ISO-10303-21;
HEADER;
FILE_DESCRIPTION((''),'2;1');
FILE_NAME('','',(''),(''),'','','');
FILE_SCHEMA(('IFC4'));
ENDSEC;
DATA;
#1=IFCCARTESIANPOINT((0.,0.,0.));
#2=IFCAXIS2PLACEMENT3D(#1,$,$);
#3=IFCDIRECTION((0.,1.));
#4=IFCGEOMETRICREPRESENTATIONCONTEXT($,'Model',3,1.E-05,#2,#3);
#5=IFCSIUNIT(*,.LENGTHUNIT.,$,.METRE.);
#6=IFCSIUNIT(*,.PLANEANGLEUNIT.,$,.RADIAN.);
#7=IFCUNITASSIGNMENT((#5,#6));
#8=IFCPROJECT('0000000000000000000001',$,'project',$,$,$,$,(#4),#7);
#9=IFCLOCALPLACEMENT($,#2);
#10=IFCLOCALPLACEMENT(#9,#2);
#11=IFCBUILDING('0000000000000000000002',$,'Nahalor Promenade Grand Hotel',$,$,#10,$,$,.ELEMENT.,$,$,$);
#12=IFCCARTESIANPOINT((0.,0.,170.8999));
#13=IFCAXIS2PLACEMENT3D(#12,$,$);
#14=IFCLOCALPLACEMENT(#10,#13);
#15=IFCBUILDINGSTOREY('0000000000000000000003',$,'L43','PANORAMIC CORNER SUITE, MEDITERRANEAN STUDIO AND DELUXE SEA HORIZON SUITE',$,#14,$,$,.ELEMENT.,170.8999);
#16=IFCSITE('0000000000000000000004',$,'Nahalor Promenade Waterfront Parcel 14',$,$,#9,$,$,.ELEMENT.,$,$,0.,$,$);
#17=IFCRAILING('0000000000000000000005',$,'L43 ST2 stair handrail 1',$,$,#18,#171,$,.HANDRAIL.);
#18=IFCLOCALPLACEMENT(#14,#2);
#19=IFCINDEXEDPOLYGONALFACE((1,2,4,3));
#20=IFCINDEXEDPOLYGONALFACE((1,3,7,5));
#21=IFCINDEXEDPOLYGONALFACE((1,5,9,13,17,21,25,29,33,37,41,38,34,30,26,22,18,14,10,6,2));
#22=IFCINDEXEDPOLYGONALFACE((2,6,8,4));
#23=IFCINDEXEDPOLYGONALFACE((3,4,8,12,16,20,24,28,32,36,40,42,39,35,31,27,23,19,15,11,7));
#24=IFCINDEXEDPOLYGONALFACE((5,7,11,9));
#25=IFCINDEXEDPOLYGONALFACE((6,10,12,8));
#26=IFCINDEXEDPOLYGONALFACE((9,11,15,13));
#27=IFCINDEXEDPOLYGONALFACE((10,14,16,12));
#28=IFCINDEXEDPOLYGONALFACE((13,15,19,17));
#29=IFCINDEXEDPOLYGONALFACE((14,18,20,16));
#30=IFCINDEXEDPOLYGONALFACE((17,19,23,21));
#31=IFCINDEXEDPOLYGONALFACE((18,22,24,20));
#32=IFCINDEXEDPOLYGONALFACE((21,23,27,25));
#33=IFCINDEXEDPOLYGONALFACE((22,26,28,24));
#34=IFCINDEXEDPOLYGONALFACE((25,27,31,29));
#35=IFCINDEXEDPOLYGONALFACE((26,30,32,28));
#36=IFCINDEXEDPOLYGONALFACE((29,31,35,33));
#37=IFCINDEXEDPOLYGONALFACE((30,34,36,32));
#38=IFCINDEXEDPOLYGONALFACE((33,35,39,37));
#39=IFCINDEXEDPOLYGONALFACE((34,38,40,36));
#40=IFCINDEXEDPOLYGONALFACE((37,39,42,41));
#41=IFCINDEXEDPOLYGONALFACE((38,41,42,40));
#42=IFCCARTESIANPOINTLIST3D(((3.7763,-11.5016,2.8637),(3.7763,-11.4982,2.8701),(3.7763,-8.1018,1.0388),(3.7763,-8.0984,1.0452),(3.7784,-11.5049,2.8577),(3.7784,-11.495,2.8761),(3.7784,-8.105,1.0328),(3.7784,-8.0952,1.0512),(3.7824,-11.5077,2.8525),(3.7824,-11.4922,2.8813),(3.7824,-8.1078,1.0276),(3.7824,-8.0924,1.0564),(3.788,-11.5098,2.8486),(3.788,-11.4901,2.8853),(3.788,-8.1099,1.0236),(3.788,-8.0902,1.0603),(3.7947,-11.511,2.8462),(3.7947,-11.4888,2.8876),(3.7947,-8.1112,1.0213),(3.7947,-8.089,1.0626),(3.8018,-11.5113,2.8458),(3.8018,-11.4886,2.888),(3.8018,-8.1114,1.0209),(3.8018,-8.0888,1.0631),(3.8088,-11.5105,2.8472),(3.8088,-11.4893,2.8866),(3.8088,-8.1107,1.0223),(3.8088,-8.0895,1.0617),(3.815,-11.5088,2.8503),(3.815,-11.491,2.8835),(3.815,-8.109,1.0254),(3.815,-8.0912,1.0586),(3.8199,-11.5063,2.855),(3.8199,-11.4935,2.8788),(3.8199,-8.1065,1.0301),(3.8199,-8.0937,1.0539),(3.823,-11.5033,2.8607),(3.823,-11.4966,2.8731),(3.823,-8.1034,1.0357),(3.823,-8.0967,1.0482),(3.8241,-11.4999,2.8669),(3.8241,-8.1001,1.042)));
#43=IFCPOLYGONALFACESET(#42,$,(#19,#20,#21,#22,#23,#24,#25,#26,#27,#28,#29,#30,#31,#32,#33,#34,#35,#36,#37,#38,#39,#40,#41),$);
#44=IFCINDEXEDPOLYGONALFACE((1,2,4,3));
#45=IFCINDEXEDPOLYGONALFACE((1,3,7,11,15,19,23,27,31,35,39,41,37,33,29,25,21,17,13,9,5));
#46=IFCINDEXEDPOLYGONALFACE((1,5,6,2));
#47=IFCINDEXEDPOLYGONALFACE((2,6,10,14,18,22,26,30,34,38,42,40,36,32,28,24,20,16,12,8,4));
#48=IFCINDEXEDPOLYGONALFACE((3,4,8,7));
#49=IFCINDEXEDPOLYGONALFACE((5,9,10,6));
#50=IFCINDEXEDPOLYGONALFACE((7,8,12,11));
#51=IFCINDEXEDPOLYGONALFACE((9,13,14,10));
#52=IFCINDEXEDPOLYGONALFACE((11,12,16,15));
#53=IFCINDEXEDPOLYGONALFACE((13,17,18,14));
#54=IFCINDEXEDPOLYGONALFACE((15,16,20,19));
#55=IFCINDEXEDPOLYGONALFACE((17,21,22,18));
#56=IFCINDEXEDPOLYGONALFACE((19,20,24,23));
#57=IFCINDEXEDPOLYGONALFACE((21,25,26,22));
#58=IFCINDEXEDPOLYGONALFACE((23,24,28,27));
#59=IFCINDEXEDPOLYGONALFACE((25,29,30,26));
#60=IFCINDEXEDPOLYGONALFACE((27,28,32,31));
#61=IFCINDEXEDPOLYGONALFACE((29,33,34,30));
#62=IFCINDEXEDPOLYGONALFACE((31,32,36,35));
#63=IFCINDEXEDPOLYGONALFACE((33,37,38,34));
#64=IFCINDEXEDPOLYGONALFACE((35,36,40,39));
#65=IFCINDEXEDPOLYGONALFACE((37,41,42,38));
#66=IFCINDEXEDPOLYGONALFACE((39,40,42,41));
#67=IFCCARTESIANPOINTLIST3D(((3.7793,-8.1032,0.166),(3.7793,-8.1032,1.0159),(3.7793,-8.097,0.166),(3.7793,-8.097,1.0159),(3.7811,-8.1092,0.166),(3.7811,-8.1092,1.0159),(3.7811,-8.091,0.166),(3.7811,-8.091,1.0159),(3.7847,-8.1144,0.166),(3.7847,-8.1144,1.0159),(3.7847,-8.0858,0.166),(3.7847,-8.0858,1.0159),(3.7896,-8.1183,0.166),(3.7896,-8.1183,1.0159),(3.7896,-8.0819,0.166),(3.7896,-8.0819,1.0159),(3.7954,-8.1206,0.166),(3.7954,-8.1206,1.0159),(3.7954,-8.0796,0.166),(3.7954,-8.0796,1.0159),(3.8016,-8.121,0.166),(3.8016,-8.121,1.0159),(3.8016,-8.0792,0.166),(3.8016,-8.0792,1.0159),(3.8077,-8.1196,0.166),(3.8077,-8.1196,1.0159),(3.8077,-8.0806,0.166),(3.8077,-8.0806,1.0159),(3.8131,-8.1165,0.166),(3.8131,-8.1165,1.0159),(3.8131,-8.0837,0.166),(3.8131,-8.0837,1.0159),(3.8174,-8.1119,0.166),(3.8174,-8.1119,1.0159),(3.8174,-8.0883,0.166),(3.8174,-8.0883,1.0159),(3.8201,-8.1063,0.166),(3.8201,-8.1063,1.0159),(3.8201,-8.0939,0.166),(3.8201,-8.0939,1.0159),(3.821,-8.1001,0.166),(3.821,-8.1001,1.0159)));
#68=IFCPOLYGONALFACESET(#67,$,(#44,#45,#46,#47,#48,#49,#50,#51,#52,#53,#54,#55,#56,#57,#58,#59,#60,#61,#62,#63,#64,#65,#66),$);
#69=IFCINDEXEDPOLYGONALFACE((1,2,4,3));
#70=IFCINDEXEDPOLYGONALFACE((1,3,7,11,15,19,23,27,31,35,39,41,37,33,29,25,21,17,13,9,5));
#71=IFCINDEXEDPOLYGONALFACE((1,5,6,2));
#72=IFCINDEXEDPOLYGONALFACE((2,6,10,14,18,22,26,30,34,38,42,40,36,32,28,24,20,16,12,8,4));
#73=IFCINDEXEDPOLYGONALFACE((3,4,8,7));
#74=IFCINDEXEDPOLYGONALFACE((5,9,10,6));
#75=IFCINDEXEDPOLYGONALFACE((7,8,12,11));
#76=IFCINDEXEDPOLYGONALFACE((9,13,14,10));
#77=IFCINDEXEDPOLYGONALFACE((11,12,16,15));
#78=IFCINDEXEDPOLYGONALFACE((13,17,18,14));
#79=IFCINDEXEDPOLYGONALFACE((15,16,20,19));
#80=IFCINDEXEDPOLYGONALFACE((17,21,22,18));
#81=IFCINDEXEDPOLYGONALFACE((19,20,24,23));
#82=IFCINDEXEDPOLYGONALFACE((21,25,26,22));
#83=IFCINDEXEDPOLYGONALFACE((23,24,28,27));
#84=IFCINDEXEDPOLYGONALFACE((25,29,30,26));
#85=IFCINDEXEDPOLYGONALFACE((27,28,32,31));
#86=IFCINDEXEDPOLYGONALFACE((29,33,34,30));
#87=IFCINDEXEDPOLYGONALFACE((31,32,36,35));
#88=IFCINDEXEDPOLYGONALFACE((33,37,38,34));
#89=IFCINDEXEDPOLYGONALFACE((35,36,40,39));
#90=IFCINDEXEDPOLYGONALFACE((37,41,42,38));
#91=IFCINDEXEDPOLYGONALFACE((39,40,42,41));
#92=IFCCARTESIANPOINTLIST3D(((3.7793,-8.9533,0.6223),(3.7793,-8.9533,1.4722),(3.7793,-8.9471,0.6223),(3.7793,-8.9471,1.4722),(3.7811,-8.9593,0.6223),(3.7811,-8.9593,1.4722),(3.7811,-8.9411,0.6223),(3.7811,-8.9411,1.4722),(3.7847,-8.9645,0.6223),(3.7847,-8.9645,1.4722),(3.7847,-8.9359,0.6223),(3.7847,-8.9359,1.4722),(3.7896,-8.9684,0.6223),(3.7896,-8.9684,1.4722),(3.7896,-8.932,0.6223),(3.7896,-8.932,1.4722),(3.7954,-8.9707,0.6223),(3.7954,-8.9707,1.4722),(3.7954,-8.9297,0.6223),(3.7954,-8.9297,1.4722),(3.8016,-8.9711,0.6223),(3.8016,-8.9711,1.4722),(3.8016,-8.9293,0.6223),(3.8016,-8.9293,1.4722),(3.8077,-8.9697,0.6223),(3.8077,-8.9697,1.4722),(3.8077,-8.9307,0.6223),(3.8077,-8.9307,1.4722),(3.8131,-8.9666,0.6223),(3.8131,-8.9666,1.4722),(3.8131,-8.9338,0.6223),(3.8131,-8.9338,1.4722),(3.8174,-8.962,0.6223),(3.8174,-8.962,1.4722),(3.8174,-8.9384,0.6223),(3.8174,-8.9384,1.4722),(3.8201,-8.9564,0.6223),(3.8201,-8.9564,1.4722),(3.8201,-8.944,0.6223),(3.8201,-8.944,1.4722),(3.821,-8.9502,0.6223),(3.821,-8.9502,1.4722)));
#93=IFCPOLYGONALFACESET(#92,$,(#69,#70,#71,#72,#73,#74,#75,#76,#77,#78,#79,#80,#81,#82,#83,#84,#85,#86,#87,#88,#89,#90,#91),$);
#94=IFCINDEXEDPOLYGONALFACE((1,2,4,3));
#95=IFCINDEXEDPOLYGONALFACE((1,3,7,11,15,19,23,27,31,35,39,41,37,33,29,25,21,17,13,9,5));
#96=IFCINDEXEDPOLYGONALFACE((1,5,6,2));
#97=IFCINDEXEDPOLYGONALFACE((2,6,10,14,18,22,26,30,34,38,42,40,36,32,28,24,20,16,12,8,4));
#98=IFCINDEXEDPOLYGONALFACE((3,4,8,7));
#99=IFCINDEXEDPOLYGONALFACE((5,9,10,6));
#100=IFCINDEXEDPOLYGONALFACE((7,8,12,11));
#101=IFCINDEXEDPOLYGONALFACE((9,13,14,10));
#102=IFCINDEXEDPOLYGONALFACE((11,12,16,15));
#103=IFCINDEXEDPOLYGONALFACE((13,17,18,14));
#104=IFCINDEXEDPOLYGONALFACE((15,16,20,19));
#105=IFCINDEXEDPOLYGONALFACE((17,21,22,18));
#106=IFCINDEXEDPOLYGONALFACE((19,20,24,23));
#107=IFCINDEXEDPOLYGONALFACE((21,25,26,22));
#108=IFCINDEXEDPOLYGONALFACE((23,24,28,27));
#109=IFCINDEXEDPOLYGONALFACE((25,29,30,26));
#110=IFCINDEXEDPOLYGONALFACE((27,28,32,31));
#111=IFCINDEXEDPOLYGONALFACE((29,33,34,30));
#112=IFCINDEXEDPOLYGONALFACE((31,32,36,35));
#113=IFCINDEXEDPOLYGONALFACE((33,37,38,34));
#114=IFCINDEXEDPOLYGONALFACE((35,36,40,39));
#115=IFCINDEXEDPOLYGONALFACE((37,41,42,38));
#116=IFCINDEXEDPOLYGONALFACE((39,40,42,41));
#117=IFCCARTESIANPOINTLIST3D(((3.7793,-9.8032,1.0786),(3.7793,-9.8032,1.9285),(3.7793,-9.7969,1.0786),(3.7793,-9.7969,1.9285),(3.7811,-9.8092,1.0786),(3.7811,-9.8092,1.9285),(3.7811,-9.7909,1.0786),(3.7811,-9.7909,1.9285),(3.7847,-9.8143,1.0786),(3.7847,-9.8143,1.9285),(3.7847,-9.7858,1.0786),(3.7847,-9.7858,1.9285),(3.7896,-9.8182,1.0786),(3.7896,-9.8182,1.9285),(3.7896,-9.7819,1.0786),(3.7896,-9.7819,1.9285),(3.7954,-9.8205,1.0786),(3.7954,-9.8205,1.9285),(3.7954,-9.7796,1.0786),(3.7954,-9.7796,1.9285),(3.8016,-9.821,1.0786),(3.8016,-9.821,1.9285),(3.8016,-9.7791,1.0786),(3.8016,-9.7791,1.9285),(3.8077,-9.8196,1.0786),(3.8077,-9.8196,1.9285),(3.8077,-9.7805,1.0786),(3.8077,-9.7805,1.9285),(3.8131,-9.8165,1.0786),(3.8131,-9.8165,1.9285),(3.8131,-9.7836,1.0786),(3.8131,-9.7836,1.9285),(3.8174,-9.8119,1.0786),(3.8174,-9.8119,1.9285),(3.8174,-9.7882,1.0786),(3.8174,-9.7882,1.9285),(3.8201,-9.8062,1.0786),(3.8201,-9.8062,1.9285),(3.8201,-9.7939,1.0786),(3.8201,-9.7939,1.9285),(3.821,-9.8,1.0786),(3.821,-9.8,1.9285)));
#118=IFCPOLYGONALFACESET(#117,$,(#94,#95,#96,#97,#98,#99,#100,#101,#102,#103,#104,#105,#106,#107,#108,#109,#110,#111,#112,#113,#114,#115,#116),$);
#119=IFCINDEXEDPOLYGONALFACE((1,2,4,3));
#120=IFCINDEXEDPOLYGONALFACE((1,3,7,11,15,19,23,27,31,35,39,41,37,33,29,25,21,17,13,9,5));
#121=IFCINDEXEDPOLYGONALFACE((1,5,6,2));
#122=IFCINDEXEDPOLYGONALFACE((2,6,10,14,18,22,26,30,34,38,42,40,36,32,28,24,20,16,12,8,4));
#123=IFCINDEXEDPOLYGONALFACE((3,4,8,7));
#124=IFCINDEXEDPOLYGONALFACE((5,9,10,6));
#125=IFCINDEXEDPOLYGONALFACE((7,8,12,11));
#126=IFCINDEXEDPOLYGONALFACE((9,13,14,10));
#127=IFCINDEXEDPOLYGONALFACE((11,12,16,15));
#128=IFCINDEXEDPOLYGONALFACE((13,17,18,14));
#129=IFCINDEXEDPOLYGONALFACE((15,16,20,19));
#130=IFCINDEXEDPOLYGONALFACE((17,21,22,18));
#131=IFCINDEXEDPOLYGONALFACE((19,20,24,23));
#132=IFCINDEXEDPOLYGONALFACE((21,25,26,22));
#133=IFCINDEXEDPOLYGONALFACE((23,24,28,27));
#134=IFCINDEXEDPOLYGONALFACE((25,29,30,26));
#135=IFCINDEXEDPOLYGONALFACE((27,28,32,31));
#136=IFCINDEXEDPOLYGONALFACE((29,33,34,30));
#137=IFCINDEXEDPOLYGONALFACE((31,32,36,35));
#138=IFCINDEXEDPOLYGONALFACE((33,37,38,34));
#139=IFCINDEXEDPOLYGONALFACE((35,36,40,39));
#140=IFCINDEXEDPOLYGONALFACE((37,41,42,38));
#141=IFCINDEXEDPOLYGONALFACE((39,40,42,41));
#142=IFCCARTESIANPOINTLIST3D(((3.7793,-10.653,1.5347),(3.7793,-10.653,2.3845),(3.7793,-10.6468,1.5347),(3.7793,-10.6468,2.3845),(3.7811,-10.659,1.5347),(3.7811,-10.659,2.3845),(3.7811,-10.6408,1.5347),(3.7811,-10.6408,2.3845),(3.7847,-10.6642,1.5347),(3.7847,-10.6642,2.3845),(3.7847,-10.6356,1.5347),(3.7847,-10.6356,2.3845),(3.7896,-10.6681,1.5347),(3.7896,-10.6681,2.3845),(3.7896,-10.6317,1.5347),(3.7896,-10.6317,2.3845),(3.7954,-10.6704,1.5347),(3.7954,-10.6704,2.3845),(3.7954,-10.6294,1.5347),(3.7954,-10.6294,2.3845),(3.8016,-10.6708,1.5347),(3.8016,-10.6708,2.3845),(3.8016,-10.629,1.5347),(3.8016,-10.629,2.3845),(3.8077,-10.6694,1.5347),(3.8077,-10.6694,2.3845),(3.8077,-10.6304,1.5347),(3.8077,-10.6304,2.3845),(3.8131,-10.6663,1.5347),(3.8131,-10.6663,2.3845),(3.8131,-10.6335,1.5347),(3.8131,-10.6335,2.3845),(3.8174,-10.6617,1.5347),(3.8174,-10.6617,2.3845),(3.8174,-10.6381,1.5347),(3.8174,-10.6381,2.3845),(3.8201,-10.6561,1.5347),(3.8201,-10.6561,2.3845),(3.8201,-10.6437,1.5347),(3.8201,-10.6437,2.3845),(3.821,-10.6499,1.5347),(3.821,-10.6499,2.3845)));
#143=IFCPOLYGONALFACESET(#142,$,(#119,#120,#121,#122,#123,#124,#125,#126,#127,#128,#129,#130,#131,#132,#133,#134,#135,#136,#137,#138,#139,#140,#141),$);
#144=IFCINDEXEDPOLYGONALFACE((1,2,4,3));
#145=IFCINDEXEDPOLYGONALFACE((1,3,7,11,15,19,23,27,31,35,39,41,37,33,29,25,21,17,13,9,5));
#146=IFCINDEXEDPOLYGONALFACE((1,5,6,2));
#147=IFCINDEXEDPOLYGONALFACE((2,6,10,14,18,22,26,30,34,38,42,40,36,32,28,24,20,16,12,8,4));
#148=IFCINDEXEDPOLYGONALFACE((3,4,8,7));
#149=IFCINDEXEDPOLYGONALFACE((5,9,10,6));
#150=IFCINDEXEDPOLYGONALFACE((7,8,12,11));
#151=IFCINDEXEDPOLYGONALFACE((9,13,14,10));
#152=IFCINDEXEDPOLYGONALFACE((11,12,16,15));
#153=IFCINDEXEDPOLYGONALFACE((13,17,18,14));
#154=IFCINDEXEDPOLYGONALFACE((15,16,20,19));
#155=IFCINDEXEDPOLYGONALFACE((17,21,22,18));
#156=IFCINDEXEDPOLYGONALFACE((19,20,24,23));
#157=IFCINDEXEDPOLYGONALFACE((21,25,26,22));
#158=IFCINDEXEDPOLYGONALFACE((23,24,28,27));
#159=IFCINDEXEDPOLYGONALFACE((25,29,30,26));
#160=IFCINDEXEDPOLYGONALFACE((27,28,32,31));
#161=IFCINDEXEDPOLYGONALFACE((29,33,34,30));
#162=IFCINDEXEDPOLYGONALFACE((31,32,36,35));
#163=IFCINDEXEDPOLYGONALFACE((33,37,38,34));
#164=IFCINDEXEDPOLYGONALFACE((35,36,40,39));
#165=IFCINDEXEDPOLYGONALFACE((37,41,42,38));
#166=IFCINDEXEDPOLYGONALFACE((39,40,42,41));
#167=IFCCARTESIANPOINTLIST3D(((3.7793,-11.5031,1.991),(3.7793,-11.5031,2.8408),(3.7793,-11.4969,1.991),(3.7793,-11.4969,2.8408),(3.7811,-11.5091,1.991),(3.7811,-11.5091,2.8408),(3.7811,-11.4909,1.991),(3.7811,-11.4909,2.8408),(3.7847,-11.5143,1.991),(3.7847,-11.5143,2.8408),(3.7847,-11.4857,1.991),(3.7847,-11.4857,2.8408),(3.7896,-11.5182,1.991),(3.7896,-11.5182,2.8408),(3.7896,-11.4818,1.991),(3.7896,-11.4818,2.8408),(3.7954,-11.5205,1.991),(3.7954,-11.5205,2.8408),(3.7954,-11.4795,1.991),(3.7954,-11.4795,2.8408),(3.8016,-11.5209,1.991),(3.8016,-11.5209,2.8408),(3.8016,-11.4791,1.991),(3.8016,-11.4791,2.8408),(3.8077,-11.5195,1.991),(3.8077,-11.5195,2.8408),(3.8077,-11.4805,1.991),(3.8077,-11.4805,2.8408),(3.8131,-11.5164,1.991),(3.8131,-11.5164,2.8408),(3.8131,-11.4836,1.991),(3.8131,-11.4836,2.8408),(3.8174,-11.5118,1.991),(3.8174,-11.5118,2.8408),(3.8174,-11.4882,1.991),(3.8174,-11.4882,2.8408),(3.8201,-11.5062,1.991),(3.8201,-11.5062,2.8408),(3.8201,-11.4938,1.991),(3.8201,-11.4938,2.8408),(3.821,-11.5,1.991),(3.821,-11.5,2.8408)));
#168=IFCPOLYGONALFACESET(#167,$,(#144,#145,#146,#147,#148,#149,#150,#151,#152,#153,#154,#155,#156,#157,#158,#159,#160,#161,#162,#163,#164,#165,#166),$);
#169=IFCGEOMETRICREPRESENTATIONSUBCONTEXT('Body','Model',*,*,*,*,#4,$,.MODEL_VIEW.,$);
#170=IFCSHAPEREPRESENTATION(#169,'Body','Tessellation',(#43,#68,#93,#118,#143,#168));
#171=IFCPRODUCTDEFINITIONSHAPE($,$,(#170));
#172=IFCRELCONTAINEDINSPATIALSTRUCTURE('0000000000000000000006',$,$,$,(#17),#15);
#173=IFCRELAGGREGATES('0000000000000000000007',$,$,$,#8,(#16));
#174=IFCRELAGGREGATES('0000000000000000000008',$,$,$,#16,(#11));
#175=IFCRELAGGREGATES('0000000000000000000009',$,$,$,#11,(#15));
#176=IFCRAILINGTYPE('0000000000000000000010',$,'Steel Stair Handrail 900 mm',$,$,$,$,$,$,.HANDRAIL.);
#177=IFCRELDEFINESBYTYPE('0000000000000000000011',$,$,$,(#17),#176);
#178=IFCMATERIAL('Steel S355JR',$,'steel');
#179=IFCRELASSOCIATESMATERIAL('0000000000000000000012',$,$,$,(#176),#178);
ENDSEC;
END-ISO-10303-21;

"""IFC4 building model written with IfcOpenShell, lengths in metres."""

from ifc_helpers import new_model, si_unit, direction, frame, origin, origin_2d, place, context, subcontext, project, spatial, circle, extrude, material, type_object, element, save


model = new_model("IFC4")

# Units and contexts
model_context = context("Model", 3, precision=1e-05, world=origin(), true_north=direction((0.0, 1.0)))
body_context = subcontext(model_context, "Body", "Model", "MODEL_VIEW")
ifc_project = project(units=[si_unit("LENGTHUNIT", "METRE"), si_unit("PLANEANGLEUNIT", "RADIAN")], contexts=[model_context])

# Site, building, storey
site_placement = place(None, origin())
site = spatial("IfcSite", under=ifc_project, at=site_placement, Name="Nahalor Promenade Waterfront Parcel 14", CompositionType="ELEMENT", RefElevation=0.0)
building_placement = place(site_placement, origin())
building = spatial("IfcBuilding", under=site, at=building_placement, Name="Nahalor Promenade Grand Hotel", CompositionType="ELEMENT")
storey_placement = place(building_placement, frame((0.0, 0.0, 170.8999)))
storey = spatial("IfcBuildingStorey", under=building, at=storey_placement, Name="L43", Description="PANORAMIC CORNER SUITE, MEDITERRANEAN STUDIO AND DELUXE SEA HORIZON SUITE", CompositionType="ELEMENT", Elevation=170.8999)

# Shared definitions
ifc_material_1 = material(Name="Steel S355JR", Category="steel")

# Railing
railing_type_1 = type_object("IfcRailingType", Name="Steel Stair Handrail 900 mm", PredefinedType="HANDRAIL", material=ifc_material_1)
railing_1_placement = place(storey_placement, frame((3.8, -8.1001, 0.166)))
element("IfcRailing", 1, at=railing_1_placement, inside=storey, type_object=railing_type_1, Name="L43 ST2 stair handrail 1", PredefinedType="HANDRAIL", context=body_context, shape_type="SweptSolid", body=[
    extrude(circle(Radius=0.024, at=origin_2d()), frame((0.0, 0.0, 0.876), z_axis=(0.0, -0.881094, 0.472941), x_axis=(1.0, 0.0, 0.0)), (0.0, 0.0, 1.0), 3.8586),
    extrude(circle(Radius=0.021, at=origin_2d()), origin(), (0.0, 0.0, 1.0), 0.8499),
    extrude(circle(Radius=0.021, at=origin_2d()), frame((0.0, -0.8501, 0.4563)), (0.0, 0.0, 1.0), 0.8499),
    extrude(circle(Radius=0.021, at=origin_2d()), frame((0.0, -1.7, 0.9126)), (0.0, 0.0, 1.0), 0.8499),
    extrude(circle(Radius=0.021, at=origin_2d()), frame((0.0, -2.5498, 1.3687)), (0.0, 0.0, 1.0), 0.8499),
    extrude(circle(Radius=0.021, at=origin_2d()), frame((0.0, -3.3999, 1.825)), (0.0, 0.0, 1.0), 0.8499),
])

save(model, "model.ifc")
